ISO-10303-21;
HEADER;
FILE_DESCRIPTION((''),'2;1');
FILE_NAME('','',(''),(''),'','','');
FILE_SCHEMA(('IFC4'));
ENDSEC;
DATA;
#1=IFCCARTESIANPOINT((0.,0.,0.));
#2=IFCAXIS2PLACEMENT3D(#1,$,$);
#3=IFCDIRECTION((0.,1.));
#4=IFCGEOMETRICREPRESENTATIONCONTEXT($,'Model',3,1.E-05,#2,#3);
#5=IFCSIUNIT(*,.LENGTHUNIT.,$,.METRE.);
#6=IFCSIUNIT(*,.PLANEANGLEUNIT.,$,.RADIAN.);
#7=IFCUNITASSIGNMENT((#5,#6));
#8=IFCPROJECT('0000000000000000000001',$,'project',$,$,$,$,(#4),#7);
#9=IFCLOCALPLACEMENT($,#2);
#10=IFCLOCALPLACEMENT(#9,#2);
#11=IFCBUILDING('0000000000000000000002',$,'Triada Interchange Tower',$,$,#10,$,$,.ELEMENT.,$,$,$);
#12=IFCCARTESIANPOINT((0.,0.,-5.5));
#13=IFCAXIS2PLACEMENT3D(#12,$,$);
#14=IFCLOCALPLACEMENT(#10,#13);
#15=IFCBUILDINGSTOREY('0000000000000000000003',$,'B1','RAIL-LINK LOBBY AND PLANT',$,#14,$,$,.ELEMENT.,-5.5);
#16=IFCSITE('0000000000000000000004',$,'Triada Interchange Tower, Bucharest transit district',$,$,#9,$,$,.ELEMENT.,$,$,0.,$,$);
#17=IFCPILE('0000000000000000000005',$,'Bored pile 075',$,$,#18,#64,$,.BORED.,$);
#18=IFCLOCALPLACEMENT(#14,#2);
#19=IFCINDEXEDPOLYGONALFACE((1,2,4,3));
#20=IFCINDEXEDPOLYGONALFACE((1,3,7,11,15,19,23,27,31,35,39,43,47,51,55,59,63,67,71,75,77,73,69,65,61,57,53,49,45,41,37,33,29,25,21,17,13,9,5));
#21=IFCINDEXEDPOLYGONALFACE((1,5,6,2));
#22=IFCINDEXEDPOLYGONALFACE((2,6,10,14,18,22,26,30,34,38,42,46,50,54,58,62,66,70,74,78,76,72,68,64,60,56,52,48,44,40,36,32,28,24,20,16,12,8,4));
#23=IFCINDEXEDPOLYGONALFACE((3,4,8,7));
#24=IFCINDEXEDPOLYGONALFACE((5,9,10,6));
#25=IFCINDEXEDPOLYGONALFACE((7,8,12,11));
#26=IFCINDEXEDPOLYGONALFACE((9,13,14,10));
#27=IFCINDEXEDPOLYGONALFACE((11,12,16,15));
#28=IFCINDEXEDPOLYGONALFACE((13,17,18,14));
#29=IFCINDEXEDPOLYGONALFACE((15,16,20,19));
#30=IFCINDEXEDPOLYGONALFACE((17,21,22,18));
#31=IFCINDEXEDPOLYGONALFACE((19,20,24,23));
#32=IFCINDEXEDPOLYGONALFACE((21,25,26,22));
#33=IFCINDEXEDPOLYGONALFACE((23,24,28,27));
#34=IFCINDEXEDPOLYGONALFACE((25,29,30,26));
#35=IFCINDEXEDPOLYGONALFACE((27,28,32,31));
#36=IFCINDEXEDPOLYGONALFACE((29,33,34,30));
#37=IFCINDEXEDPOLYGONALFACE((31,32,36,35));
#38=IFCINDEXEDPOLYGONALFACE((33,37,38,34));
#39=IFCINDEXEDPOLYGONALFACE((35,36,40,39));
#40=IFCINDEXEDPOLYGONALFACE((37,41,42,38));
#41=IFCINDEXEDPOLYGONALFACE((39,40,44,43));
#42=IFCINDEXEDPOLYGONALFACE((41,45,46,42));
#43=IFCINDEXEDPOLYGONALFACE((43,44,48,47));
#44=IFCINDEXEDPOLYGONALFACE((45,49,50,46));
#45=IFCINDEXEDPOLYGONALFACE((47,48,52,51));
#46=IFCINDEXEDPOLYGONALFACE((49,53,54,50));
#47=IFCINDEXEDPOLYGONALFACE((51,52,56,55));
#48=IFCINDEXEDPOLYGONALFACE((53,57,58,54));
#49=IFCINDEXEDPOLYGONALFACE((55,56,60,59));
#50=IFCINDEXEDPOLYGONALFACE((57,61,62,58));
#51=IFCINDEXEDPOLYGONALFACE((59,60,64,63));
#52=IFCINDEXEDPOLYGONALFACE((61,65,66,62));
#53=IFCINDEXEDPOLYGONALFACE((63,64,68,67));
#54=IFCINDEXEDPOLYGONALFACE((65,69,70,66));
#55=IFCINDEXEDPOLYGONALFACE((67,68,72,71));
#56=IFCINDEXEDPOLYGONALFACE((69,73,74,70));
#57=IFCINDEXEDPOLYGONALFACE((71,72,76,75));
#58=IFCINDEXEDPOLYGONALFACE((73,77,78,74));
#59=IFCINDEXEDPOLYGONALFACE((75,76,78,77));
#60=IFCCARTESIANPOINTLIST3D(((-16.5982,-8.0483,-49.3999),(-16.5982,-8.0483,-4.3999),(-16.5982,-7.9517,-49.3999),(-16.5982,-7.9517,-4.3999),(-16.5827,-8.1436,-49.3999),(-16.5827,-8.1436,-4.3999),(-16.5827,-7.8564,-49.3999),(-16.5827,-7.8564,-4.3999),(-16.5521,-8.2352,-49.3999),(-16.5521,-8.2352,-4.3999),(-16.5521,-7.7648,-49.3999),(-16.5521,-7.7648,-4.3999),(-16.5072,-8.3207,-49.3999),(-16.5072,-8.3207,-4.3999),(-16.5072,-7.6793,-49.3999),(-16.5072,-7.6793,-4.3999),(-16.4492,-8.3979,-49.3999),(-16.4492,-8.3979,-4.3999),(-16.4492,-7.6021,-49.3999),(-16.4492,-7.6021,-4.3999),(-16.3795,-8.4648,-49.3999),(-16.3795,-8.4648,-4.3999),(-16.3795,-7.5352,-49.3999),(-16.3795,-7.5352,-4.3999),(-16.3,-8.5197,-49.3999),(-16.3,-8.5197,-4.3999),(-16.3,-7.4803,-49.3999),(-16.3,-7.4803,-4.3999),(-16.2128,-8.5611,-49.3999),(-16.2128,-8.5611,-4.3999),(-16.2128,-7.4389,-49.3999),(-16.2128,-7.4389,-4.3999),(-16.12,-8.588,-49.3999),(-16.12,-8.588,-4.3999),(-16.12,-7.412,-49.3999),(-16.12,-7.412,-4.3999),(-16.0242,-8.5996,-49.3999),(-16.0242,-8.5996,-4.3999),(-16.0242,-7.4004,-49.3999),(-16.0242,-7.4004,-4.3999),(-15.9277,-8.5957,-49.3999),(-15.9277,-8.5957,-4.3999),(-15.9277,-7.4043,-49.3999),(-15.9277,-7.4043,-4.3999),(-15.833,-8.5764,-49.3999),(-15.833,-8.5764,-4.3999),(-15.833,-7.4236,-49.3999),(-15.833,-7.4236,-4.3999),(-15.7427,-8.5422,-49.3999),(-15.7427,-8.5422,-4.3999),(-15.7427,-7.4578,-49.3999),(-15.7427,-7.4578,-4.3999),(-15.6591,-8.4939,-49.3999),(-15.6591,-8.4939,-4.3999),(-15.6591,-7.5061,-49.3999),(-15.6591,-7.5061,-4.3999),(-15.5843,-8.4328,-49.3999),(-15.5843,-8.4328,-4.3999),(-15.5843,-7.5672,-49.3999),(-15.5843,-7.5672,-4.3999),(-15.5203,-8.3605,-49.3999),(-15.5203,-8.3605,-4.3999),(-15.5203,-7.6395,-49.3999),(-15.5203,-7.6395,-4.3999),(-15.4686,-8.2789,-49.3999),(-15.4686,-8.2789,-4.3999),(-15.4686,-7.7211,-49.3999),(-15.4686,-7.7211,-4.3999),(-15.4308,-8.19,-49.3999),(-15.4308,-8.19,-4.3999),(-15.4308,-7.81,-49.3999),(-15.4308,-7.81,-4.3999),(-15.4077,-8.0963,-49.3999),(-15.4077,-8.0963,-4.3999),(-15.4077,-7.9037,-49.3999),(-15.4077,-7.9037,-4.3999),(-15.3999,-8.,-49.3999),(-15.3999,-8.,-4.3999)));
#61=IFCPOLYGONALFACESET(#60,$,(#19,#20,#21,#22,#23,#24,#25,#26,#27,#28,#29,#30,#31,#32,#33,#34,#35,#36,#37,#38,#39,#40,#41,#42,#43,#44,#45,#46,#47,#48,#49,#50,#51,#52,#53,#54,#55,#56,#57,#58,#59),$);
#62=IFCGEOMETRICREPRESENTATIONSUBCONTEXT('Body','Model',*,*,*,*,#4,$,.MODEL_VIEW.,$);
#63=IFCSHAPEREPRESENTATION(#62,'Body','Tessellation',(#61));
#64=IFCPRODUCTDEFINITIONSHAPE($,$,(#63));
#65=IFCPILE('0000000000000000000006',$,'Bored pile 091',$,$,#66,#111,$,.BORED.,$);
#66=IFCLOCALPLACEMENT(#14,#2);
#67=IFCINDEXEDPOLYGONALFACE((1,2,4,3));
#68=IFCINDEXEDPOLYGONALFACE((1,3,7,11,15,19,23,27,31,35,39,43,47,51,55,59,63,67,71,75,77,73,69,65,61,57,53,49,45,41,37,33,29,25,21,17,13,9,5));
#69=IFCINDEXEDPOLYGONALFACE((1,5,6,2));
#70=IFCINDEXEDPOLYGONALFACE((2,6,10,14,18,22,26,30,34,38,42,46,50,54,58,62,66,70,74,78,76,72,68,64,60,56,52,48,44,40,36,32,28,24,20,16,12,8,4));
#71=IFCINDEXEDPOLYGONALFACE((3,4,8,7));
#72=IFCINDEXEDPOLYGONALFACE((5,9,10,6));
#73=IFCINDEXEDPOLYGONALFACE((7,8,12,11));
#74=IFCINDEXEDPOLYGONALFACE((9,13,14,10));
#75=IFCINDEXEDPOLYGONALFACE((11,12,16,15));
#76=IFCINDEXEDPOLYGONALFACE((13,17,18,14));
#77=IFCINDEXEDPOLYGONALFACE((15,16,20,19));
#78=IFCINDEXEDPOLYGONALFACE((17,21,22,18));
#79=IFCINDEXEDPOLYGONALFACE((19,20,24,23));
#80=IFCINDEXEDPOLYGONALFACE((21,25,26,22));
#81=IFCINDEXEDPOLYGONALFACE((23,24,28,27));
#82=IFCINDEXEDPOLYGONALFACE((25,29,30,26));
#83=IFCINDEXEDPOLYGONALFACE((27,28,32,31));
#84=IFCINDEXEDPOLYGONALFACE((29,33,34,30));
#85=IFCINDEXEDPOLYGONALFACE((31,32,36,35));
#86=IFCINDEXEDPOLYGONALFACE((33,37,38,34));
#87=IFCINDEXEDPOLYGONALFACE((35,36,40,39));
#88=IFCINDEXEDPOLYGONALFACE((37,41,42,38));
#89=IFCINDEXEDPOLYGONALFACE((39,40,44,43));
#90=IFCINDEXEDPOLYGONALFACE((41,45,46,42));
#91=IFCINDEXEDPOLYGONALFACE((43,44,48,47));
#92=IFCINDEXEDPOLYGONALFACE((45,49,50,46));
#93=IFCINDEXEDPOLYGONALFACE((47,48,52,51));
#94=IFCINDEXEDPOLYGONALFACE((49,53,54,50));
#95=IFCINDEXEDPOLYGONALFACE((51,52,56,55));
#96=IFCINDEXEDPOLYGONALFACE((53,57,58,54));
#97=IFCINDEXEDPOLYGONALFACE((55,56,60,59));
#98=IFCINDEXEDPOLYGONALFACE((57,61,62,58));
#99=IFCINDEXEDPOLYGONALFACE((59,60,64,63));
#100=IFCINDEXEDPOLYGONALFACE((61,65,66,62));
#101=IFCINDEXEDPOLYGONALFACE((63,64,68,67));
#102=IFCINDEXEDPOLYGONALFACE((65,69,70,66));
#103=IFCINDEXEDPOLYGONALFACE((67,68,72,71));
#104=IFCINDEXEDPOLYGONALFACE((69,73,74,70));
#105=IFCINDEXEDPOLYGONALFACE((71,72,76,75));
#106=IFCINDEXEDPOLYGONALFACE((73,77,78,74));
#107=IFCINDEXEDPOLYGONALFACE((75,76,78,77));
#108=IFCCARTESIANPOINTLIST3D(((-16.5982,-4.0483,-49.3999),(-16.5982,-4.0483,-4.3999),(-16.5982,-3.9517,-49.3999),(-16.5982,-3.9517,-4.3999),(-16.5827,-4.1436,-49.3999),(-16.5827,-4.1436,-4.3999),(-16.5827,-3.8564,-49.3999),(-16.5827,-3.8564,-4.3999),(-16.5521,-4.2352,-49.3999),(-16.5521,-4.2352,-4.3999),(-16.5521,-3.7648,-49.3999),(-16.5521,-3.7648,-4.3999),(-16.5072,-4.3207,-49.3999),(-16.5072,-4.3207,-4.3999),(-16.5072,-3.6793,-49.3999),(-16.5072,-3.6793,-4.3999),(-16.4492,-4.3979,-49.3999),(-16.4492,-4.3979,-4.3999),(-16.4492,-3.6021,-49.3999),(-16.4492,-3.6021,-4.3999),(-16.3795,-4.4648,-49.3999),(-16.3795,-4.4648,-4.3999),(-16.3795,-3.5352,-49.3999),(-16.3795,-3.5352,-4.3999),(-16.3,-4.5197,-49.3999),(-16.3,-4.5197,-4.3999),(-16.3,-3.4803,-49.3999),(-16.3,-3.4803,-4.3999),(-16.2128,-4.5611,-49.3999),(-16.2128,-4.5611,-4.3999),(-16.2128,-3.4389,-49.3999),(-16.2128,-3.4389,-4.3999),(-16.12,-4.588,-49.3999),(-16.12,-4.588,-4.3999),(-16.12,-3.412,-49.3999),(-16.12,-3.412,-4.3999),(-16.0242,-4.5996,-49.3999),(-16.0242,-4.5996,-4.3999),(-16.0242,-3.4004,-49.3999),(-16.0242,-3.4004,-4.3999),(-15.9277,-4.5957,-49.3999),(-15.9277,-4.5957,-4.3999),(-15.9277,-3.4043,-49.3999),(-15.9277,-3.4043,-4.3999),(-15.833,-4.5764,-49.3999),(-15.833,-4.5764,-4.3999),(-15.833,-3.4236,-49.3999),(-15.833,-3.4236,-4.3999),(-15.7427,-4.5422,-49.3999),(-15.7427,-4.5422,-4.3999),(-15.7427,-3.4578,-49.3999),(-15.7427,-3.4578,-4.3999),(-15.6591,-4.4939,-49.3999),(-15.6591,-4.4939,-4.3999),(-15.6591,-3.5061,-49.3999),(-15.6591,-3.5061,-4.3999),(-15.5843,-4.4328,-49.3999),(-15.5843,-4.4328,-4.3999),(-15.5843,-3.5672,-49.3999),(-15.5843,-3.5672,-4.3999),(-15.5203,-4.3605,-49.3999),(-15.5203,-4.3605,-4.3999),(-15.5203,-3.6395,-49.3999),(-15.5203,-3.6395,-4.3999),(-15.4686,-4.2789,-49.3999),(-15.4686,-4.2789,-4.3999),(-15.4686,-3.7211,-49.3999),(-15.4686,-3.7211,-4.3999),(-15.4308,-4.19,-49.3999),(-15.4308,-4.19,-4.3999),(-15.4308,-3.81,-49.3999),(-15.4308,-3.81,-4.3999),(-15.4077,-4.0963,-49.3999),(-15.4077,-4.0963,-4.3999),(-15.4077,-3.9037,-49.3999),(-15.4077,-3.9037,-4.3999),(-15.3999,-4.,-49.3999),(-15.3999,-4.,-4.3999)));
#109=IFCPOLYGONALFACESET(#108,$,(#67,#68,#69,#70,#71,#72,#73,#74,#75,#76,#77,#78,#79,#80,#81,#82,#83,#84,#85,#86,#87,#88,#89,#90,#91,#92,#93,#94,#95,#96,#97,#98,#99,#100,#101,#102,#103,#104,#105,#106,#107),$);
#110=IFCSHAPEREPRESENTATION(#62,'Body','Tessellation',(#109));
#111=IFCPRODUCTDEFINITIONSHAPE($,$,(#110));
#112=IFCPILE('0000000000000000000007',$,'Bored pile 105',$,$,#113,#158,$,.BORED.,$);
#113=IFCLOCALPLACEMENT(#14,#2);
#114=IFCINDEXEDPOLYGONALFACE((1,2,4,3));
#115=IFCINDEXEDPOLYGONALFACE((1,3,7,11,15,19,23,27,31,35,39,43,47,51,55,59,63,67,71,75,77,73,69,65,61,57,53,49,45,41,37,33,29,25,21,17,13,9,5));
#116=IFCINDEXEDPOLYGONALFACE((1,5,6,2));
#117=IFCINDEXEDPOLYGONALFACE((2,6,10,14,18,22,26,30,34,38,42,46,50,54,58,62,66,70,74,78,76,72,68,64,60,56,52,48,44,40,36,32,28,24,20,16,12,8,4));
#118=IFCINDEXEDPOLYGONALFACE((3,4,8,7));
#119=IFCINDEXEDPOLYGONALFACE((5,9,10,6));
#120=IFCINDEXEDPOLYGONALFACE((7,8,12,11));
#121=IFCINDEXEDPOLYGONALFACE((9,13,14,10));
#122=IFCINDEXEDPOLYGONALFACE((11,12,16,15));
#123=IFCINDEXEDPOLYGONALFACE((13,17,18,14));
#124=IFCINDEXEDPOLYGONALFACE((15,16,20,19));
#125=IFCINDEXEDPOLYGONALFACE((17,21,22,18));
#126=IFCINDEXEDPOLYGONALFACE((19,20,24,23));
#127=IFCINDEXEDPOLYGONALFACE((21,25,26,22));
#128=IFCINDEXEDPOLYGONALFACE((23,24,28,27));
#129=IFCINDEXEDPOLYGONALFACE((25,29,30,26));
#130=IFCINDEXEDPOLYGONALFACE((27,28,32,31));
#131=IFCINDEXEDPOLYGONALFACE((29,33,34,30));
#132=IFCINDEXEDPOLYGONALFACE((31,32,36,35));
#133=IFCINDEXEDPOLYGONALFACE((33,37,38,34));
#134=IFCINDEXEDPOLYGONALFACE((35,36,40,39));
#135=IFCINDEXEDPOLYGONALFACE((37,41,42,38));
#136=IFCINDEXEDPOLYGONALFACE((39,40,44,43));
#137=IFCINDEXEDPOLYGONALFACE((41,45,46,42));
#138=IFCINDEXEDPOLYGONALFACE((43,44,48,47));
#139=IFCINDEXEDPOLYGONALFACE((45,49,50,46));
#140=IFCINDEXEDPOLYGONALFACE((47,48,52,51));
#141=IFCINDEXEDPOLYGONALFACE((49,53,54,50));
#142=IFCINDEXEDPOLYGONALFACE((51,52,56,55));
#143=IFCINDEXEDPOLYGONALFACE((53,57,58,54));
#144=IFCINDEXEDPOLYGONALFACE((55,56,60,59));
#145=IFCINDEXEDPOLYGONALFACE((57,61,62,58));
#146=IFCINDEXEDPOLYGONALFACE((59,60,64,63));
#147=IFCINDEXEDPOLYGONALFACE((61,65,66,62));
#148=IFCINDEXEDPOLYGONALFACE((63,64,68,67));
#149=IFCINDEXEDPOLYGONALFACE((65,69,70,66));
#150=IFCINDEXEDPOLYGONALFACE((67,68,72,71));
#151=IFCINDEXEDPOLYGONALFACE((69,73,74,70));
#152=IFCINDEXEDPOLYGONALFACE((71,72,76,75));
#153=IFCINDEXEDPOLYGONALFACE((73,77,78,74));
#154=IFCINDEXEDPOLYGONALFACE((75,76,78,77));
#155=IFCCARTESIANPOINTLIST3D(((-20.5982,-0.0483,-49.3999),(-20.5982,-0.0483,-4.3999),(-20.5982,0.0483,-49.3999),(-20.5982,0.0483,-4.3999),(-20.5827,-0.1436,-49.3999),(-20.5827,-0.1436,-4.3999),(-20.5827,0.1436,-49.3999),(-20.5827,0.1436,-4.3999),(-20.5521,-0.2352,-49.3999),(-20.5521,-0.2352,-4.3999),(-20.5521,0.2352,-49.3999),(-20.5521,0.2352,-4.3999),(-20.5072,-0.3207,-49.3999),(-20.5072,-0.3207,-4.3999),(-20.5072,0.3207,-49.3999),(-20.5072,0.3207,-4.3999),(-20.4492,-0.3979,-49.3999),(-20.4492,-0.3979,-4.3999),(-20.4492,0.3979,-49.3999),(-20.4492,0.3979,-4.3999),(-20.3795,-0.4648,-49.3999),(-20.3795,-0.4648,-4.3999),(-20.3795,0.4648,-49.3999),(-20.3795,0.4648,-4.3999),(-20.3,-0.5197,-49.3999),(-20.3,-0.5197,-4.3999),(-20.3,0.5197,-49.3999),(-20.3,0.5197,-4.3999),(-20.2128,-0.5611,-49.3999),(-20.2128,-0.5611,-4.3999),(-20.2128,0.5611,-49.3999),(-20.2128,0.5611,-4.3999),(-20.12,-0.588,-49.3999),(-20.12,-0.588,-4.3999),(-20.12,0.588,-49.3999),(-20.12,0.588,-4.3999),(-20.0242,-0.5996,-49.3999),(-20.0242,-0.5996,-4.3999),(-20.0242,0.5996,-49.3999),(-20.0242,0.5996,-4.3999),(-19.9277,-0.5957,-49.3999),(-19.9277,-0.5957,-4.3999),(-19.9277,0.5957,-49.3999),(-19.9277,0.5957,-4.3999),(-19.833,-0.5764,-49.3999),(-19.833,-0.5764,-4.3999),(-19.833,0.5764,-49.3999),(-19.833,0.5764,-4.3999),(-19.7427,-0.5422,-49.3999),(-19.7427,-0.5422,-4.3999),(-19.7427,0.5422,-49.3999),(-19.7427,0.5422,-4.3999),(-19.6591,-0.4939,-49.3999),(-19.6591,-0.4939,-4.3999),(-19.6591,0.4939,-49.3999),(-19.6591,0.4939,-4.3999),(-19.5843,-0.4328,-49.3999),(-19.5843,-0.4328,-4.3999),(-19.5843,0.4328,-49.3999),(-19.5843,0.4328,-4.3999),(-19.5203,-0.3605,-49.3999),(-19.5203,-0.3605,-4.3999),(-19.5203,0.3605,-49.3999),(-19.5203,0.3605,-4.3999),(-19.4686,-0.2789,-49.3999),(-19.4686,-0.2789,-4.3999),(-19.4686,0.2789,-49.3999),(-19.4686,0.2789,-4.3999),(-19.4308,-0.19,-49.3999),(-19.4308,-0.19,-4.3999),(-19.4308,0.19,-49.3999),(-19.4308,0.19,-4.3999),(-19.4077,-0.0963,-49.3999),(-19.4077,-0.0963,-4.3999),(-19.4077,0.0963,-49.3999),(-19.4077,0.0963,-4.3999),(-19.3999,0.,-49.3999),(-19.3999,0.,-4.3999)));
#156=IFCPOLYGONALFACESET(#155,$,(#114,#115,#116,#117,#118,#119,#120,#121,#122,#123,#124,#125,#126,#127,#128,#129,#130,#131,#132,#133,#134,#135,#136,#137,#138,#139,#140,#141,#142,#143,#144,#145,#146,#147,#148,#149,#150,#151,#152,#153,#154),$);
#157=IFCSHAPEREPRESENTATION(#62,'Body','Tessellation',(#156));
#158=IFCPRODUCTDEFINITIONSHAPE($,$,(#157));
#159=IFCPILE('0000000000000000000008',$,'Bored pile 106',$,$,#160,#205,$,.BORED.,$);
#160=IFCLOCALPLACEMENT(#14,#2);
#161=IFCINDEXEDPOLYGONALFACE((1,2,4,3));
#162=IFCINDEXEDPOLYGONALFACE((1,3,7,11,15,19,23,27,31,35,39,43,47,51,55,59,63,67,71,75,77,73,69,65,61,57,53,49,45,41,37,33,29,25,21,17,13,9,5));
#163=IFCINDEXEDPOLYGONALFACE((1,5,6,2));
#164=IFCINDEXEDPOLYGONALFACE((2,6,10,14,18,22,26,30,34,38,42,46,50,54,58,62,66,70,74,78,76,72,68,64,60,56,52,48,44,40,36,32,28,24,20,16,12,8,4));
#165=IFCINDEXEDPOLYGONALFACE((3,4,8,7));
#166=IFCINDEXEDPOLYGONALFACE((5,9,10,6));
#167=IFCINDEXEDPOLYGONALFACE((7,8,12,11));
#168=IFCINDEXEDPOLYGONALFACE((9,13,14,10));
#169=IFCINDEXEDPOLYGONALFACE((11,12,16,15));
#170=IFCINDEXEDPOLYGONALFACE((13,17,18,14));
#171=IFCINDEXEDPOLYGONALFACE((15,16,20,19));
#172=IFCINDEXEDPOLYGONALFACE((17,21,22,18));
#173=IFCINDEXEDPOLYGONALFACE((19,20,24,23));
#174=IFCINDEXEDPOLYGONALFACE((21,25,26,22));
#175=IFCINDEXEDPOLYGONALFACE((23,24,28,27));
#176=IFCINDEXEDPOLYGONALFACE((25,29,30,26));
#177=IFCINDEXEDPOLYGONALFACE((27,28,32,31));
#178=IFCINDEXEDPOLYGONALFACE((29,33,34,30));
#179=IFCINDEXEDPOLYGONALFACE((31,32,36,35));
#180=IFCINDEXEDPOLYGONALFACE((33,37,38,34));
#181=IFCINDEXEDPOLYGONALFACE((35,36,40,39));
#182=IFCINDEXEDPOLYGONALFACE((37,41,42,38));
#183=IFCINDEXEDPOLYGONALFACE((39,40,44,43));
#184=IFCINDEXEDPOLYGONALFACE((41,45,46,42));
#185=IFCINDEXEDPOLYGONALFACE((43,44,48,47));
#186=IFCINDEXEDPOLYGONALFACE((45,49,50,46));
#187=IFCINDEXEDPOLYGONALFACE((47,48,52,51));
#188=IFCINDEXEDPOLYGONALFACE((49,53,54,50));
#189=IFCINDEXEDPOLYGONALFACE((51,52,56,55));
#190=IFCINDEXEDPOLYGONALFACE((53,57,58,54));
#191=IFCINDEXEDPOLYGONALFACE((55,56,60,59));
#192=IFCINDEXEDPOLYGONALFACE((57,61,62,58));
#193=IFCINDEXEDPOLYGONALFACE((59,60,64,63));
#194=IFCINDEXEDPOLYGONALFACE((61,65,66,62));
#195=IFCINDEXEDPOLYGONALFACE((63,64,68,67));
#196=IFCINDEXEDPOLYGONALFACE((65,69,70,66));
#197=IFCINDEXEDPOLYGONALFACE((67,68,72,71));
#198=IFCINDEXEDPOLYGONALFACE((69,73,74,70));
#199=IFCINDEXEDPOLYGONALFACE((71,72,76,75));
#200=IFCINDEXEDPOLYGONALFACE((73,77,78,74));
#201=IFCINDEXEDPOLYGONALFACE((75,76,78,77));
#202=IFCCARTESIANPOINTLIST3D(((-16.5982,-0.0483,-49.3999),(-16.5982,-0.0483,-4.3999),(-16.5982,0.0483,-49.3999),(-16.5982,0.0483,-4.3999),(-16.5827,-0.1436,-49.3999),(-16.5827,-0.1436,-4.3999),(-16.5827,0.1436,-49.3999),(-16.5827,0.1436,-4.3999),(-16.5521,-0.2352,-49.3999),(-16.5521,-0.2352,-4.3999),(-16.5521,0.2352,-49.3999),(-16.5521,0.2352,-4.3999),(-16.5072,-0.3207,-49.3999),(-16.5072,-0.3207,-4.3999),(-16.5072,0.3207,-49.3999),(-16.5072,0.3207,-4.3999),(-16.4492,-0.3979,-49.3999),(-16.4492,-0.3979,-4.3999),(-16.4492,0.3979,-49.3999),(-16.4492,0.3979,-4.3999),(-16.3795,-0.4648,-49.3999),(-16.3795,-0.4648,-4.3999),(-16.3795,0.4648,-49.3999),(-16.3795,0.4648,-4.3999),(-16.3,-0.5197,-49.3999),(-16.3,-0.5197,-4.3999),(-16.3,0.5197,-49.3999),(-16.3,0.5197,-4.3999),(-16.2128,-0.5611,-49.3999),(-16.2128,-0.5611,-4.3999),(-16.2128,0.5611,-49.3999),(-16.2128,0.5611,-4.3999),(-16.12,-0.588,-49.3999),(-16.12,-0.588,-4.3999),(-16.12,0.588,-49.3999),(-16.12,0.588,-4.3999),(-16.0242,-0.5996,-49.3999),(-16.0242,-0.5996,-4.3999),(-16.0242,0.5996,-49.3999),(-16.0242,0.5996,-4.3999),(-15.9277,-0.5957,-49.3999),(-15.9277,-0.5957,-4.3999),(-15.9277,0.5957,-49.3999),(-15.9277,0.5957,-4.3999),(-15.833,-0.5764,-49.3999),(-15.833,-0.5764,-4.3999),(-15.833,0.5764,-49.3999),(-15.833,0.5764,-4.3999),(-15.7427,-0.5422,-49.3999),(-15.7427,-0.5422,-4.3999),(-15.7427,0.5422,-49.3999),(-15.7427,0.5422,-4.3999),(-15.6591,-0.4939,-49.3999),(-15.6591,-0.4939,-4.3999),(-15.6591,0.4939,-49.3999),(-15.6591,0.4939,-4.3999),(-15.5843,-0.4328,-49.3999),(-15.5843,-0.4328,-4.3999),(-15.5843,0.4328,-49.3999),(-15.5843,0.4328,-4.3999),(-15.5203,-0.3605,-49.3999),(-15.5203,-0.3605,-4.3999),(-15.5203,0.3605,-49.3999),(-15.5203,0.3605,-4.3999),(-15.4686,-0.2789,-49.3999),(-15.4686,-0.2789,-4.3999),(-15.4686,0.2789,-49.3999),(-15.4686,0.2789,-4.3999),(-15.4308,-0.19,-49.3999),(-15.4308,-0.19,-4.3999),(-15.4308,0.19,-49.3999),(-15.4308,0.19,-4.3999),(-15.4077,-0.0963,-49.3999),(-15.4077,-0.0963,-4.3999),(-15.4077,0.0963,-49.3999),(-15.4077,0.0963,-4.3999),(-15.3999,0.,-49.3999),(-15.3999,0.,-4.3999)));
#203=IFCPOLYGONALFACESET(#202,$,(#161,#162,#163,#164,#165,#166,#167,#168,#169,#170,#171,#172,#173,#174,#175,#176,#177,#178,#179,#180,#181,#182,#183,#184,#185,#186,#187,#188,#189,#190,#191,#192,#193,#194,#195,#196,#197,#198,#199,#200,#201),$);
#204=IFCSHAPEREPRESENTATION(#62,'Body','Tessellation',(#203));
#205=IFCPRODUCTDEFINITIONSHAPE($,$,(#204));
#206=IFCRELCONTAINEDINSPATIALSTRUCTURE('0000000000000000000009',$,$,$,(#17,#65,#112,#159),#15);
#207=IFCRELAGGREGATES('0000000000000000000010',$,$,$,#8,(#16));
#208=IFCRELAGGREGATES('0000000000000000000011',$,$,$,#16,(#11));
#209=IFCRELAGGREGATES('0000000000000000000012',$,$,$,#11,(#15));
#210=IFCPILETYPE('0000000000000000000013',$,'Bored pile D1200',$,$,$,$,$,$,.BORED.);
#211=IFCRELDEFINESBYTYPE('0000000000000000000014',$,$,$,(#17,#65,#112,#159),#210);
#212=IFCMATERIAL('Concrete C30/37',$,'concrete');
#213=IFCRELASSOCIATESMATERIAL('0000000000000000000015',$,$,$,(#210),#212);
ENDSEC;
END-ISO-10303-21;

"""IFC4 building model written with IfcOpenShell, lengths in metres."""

from ifc_helpers import new_model, si_unit, direction, frame, origin, origin_2d, place, context, subcontext, project, spatial, circle, extrude, material, material_profile, profile_set, type_object, element, save


model = new_model("IFC4")

# Units and contexts
model_context = context("Model", 3, precision=1e-05, world=origin(), true_north=direction((0.0, 1.0)))
body_context = subcontext(model_context, "Body", "Model", "MODEL_VIEW")
ifc_project = project(units=[si_unit("LENGTHUNIT", "METRE"), si_unit("PLANEANGLEUNIT", "RADIAN")], contexts=[model_context])

# Site, building, storey
site_placement = place(None, origin())
site = spatial("IfcSite", under=ifc_project, at=site_placement, Name="Triada Interchange Tower, Bucharest transit district", CompositionType="ELEMENT", RefElevation=0.0)
building_placement = place(site_placement, origin())
building = spatial("IfcBuilding", under=site, at=building_placement, Name="Triada Interchange Tower", CompositionType="ELEMENT")
storey_placement = place(building_placement, frame((0.0, 0.0, -5.5)))
storey = spatial("IfcBuildingStorey", under=building, at=storey_placement, Name="B1", Description="RAIL-LINK LOBBY AND PLANT", CompositionType="ELEMENT", Elevation=-5.5)

# Piles
ifc_material_1 = material(Name="Concrete C30/37", Category="concrete")
ifc_material_profile = material_profile(ifc_material_1, circle(Radius=0.6001, at=origin_2d()), Name="RC D1200")
ifc_profile_set = profile_set([ifc_material_profile], Name="Concrete C30/37")
pile_type = type_object("IfcPileType", Name="Bored pile D1200", PredefinedType="BORED", material=ifc_profile_set)
for number, where, z_axis, x_axis, name in (
    (1, (-16.0, -8.0, -4.3999), (0.0, 0.0, -1.0), (1.0, 0.0, 0.0), "Bored pile 075"),
    (2, (-16.0, -4.0, -4.3999), (0.0, 0.0, -1.0), (1.0, 0.0, 0.0), "Bored pile 091"),
    (3, (-20.0, 0.0, -4.3999), (0.0, 0.0, -1.0), (1.0, 0.0, 0.0), "Bored pile 105"),
    (4, (-16.0, 0.0, -4.3999), (0.0, 0.0, -1.0), (1.0, 0.0, 0.0), "Bored pile 106"),
):
    element("IfcPile", number, at=place(storey_placement, frame(where, z_axis=z_axis, x_axis=x_axis)), inside=storey, type_object=pile_type, Name=name, PredefinedType="BORED", context=body_context, shape_type="SweptSolid", body=[
        extrude(circle(Radius=0.6001, at=origin_2d()), origin(), (0.0, 0.0, 1.0), 45.0),
    ])

save(model, "model.ifc")
